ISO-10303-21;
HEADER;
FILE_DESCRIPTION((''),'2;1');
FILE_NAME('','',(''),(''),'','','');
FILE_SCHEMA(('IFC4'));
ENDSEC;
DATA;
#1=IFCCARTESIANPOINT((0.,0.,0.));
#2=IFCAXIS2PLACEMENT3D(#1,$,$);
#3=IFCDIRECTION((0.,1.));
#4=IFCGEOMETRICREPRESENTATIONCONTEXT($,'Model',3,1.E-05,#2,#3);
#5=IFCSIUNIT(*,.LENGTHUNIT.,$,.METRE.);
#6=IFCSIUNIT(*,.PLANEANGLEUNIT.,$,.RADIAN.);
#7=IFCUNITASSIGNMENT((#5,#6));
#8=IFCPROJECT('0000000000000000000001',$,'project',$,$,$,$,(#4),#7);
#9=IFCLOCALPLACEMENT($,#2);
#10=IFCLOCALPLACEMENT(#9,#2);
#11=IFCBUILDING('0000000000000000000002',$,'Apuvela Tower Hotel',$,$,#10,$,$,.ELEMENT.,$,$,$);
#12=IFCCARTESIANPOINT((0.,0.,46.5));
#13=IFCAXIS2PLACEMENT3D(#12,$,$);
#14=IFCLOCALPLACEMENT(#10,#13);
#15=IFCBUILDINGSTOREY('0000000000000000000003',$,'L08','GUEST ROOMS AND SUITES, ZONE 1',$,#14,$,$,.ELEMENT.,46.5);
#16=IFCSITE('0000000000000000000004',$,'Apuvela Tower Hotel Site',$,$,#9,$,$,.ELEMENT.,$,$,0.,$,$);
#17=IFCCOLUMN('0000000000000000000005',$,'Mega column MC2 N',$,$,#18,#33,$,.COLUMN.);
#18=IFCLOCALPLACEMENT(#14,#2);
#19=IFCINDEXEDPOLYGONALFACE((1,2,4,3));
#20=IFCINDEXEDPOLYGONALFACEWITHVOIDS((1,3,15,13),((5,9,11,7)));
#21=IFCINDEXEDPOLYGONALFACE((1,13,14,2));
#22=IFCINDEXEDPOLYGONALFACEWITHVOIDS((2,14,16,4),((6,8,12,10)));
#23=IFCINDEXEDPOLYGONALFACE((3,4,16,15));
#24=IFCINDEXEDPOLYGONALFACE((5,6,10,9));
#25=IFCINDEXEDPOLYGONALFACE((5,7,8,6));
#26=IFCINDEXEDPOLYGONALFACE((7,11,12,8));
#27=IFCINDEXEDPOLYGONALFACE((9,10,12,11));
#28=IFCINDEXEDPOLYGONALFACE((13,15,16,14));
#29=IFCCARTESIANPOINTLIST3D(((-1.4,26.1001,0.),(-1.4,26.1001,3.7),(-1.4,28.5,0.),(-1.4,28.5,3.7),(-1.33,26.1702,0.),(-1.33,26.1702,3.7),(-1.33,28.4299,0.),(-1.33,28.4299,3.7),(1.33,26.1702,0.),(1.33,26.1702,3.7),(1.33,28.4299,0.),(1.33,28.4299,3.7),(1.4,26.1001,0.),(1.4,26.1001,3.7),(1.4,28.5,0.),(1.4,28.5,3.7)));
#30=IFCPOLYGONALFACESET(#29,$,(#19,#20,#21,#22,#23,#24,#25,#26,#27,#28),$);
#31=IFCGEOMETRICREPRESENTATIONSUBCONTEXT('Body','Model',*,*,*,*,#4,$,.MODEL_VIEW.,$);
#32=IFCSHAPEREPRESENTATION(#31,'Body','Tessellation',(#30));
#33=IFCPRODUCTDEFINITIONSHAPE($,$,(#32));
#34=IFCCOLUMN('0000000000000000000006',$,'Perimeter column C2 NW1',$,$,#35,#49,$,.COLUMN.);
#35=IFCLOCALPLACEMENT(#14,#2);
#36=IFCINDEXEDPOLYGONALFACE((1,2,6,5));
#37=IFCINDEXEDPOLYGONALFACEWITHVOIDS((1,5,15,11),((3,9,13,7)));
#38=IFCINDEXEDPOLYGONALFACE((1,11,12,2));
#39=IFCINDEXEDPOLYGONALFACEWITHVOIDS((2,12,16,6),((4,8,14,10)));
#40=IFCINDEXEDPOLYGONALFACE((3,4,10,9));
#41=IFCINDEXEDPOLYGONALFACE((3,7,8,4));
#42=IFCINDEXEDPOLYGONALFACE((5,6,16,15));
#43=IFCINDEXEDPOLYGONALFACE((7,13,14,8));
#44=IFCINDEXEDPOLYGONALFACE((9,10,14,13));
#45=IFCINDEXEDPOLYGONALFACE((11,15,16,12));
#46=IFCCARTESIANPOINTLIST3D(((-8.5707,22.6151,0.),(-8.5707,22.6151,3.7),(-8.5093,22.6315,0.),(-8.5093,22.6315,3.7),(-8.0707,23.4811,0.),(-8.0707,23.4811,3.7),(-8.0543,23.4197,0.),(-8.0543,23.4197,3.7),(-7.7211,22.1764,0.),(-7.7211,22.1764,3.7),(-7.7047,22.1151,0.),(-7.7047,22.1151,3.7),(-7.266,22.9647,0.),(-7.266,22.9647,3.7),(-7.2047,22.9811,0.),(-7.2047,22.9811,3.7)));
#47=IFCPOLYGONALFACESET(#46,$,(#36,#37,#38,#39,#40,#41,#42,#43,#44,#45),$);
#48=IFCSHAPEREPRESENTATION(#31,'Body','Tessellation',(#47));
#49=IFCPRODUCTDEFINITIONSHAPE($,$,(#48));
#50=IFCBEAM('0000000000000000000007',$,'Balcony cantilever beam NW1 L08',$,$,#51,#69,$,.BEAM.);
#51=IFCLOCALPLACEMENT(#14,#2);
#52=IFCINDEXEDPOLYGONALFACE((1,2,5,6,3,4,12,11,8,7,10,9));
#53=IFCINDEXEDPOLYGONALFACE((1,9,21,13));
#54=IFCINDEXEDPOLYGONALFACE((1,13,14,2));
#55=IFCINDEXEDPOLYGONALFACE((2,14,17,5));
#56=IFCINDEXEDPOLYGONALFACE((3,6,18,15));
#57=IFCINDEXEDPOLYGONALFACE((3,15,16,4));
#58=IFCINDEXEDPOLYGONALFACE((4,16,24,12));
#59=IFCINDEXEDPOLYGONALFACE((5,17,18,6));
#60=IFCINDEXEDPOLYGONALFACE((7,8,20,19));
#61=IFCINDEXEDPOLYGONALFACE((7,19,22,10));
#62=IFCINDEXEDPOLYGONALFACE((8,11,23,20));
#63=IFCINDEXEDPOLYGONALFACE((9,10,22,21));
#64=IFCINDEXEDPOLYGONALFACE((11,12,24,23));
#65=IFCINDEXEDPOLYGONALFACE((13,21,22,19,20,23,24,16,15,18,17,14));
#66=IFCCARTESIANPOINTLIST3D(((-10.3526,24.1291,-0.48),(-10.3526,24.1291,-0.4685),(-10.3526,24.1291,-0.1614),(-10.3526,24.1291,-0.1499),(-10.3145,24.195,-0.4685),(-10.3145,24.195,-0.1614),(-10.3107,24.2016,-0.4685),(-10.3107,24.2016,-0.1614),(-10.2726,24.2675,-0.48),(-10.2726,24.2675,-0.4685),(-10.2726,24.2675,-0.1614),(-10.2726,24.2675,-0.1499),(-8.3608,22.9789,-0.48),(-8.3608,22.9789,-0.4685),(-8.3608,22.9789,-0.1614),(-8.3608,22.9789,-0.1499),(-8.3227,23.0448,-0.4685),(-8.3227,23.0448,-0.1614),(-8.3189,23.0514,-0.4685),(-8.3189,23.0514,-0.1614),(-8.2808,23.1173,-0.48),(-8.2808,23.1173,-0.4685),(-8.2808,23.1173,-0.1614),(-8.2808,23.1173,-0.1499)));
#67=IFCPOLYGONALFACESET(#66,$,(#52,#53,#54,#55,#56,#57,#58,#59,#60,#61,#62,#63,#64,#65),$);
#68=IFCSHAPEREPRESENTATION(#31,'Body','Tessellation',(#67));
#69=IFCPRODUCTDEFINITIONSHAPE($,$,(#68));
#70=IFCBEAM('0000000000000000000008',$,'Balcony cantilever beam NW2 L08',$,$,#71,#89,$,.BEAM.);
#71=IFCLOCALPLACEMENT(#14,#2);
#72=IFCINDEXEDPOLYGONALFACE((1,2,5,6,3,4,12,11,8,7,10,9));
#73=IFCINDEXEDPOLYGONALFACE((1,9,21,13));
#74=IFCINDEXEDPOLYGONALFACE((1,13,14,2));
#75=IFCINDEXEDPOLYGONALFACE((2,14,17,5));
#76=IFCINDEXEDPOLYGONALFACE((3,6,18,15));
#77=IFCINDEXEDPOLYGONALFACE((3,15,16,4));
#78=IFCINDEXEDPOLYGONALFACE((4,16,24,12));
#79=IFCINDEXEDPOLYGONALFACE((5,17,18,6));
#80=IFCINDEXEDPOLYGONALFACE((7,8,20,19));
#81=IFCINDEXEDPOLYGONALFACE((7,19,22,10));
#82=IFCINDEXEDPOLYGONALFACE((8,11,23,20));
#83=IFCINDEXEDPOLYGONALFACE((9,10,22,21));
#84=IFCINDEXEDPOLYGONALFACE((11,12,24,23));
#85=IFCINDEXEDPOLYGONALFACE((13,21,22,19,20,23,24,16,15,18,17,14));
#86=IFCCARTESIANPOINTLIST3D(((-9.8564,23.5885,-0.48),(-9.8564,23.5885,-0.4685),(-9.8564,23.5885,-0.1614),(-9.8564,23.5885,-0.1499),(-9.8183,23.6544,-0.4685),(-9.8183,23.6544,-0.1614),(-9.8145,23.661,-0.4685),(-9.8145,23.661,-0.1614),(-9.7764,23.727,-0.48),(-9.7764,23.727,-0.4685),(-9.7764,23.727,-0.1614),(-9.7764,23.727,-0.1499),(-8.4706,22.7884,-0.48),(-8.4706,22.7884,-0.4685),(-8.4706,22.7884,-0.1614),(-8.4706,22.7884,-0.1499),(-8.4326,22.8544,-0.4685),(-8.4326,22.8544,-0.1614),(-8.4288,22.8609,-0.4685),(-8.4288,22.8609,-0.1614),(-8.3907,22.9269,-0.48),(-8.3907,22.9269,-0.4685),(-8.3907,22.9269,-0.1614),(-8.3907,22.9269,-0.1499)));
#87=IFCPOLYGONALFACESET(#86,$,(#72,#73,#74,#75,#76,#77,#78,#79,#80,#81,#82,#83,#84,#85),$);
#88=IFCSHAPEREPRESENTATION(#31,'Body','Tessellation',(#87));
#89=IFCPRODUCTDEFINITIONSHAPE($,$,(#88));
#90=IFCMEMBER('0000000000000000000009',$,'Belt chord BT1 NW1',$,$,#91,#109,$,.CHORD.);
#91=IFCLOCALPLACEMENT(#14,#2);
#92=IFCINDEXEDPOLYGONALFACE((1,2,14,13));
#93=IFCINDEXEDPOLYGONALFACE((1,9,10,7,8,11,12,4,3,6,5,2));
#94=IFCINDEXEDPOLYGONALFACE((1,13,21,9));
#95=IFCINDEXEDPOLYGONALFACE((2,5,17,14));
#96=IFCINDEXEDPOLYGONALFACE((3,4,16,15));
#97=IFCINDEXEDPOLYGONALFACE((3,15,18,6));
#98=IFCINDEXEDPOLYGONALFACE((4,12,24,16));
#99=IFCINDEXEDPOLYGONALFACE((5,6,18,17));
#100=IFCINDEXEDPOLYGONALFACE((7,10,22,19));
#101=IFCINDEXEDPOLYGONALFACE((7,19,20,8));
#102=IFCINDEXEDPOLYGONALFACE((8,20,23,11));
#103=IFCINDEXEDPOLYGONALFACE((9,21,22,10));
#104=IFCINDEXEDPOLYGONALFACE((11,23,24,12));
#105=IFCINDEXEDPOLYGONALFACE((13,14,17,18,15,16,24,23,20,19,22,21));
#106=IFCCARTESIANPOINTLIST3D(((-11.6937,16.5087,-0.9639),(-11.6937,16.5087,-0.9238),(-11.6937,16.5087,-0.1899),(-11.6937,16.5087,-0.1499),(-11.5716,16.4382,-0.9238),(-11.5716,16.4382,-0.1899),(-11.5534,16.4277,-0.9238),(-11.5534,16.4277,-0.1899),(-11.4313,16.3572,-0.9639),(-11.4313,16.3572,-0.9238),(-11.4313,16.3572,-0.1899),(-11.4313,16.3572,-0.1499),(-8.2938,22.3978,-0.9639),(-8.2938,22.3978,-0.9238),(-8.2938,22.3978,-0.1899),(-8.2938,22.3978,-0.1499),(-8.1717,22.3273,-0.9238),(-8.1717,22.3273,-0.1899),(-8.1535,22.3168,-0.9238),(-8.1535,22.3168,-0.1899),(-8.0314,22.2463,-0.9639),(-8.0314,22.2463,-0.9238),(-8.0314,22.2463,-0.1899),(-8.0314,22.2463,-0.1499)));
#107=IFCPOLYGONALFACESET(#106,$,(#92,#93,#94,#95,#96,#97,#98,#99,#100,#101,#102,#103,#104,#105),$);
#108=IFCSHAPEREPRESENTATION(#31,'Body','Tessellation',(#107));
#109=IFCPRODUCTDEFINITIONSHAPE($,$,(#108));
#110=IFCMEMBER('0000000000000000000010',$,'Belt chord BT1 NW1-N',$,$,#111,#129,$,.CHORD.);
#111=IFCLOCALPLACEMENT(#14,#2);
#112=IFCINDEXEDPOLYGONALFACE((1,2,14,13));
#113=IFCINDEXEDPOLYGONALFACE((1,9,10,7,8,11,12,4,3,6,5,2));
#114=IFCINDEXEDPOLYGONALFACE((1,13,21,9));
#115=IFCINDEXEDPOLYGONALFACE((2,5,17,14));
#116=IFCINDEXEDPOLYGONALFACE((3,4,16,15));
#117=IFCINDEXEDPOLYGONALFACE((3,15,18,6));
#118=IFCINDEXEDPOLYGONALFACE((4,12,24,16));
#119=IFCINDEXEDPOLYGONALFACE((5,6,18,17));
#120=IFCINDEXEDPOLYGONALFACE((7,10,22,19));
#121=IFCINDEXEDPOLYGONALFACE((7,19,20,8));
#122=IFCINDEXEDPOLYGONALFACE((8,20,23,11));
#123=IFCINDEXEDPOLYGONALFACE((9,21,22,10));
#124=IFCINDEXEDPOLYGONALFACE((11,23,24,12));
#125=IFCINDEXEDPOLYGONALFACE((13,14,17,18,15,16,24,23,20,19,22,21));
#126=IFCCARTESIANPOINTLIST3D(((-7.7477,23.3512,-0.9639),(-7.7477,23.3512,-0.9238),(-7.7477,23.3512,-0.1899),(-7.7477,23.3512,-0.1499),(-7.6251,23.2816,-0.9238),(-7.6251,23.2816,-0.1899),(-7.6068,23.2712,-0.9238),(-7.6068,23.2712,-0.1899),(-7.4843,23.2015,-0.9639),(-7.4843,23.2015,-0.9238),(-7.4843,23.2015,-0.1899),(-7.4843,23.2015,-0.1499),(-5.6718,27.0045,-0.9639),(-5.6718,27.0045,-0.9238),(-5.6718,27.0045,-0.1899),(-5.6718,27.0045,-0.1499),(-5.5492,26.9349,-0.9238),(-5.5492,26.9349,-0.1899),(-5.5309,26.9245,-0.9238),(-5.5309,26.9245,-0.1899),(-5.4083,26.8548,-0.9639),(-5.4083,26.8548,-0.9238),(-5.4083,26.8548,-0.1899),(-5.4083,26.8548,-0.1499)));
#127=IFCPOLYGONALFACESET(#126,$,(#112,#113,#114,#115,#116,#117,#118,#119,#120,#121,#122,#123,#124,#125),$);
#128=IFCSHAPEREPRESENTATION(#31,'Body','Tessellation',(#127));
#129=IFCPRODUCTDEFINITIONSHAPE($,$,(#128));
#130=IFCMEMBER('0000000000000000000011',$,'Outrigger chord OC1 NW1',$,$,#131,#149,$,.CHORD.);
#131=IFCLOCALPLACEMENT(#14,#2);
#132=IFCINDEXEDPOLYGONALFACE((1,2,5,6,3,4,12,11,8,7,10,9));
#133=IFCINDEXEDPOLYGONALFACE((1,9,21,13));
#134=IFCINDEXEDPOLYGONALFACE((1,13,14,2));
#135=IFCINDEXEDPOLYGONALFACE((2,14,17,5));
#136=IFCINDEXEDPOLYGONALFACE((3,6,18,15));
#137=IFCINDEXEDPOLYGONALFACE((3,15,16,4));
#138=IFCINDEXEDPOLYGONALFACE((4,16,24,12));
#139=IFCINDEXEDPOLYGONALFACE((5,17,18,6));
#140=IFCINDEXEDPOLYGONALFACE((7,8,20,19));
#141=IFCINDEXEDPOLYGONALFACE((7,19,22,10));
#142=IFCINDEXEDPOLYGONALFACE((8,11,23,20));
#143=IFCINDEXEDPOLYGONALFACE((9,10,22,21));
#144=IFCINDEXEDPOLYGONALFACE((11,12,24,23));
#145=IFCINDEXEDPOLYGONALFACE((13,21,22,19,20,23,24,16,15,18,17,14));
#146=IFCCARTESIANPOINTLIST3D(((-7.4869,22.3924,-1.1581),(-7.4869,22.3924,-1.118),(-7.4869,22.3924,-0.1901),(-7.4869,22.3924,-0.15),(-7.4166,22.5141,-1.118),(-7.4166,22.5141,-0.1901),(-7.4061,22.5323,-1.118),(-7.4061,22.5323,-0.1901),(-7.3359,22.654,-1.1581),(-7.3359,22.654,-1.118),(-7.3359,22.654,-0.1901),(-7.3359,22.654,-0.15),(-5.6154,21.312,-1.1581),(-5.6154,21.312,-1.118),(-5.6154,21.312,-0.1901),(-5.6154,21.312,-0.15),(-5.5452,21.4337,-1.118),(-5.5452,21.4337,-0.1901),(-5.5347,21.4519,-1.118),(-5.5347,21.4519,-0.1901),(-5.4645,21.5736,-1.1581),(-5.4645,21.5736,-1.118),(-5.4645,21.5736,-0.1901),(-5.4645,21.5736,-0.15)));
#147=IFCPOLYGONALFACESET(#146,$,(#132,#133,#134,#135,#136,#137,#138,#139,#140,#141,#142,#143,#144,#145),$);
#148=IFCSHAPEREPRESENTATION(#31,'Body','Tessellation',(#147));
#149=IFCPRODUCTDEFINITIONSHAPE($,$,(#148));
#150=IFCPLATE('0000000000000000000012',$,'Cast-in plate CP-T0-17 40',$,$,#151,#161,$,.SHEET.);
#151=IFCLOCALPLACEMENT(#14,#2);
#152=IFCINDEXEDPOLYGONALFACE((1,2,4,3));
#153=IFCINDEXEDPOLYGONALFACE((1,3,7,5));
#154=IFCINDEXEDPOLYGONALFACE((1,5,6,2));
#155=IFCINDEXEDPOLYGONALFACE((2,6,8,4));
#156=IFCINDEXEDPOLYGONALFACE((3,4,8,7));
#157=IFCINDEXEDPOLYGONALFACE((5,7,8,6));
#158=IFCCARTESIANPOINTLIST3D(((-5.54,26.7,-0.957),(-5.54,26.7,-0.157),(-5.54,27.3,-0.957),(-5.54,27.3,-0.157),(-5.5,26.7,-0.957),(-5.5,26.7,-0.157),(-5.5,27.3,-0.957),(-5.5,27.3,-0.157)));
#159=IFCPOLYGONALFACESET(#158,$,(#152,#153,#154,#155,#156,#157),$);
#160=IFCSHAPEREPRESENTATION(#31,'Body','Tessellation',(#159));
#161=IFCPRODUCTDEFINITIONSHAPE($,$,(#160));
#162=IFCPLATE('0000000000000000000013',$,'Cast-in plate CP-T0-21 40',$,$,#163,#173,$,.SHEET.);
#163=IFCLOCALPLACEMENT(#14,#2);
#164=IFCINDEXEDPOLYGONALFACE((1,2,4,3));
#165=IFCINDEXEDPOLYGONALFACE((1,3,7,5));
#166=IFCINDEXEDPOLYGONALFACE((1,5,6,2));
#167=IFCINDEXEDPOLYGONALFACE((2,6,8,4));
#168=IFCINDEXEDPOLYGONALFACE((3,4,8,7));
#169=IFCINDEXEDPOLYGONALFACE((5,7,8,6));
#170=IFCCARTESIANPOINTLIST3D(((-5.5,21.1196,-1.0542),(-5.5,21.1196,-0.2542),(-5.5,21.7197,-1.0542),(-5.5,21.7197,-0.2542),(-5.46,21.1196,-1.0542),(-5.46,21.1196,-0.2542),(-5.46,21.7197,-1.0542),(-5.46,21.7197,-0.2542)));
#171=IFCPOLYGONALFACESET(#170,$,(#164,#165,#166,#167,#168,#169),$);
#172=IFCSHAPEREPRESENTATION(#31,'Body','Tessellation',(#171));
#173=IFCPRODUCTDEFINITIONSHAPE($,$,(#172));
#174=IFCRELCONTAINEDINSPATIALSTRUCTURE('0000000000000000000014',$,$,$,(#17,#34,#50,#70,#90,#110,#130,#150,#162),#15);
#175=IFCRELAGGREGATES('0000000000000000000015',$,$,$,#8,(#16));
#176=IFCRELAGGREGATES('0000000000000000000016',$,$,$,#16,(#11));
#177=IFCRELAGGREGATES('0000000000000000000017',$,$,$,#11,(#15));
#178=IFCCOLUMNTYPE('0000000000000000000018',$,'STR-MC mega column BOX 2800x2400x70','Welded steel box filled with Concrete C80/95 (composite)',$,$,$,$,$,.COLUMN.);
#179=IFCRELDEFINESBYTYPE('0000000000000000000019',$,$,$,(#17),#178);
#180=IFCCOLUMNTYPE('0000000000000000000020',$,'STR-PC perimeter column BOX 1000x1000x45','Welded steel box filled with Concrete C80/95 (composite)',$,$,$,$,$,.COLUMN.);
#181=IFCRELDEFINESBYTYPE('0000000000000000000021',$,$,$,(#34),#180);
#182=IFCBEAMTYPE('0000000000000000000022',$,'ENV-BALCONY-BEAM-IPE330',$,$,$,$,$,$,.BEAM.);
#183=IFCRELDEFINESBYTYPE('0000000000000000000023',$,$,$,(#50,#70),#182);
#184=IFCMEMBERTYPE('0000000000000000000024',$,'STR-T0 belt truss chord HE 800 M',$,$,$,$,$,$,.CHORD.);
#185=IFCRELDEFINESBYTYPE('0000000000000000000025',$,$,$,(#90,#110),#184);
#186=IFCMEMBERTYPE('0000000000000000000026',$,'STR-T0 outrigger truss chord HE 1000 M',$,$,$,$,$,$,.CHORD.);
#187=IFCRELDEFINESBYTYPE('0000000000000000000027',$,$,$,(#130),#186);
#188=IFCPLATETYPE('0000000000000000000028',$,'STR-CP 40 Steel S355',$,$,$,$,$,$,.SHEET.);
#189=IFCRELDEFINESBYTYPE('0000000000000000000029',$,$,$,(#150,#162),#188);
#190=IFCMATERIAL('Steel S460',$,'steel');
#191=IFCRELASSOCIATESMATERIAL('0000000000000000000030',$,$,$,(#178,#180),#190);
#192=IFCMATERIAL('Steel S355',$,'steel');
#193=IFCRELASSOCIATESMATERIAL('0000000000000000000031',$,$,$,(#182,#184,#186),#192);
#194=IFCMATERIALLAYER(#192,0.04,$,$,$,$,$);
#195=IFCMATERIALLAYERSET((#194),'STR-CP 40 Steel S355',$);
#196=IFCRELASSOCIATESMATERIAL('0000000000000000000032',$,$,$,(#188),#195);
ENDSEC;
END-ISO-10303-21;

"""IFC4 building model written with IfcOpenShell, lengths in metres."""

from ifc_helpers import new_model, si_unit, direction, frame, origin, origin_2d, place, context, subcontext, project, spatial, rectangle, hollow_rectangle, i_section, extrude, material, layer, layer_set, material_profile, profile_set, type_object, element, save


model = new_model("IFC4")

# Units and contexts
model_context = context("Model", 3, precision=1e-05, world=origin(), true_north=direction((0.0, 1.0)))
body_context = subcontext(model_context, "Body", "Model", "MODEL_VIEW")
ifc_project = project(units=[si_unit("LENGTHUNIT", "METRE"), si_unit("PLANEANGLEUNIT", "RADIAN")], contexts=[model_context])

# Site, building, storey
site_placement = place(None, origin())
site = spatial("IfcSite", under=ifc_project, at=site_placement, Name="Apuvela Tower Hotel Site", CompositionType="ELEMENT", RefElevation=0.0)
building_placement = place(site_placement, origin())
building = spatial("IfcBuilding", under=site, at=building_placement, Name="Apuvela Tower Hotel", CompositionType="ELEMENT")
storey_placement = place(building_placement, frame((0.0, 0.0, 46.5)))
storey = spatial("IfcBuildingStorey", under=building, at=storey_placement, Name="L08", Description="GUEST ROOMS AND SUITES, ZONE 1", CompositionType="ELEMENT", Elevation=46.5)

# Columns
ifc_material_1 = material(Name="Steel S460", Category="steel")
ifc_material_profile_1 = material_profile(ifc_material_1, hollow_rectangle(XDim=2.8, YDim=2.3999, WallThickness=0.0701, at=origin_2d()), Name="BOX 2800x2400x70")
ifc_material_2 = material(Name="Concrete C80/95", Category="concrete")
ifc_material_profile_2 = material_profile(ifc_material_2, rectangle(XDim=2.6599, YDim=2.26, at=origin_2d()), Name="Concrete C80/95 infill")
ifc_profile_set_1 = profile_set([ifc_material_profile_1, ifc_material_profile_2], Name="Steel S460")
column_type_1 = type_object("IfcColumnType", Name="STR-MC mega column BOX 2800x2400x70", Description="Welded steel box filled with Concrete C80/95 (composite)", PredefinedType="COLUMN", material=ifc_profile_set_1)
column_1_placement = place(storey_placement, frame((0.0, 27.3, 0.0), z_axis=(0.0, 0.0, 1.0), x_axis=(1.0, 0.0, 0.0)))
element("IfcColumn", 1, at=column_1_placement, inside=storey, type_object=column_type_1, Name="Mega column MC2 N", PredefinedType="COLUMN", context=body_context, shape_type="SweptSolid", body=[
    extrude(hollow_rectangle(XDim=2.8, YDim=2.3999, WallThickness=0.0701, at=origin_2d()), origin(), (0.0, 0.0, 1.0), 3.7),
])
ifc_material_profile_3 = material_profile(ifc_material_1, hollow_rectangle(XDim=1.0, YDim=1.0, WallThickness=0.0449, at=origin_2d()), Name="BOX 1000x1000x45")
ifc_material_profile_4 = material_profile(ifc_material_2, rectangle(XDim=0.9099, YDim=0.9099, at=origin_2d()), Name="Concrete C80/95 infill")
ifc_profile_set_2 = profile_set([ifc_material_profile_3, ifc_material_profile_4], Name="Steel S460")
column_type_2 = type_object("IfcColumnType", Name="STR-PC perimeter column BOX 1000x1000x45", Description="Welded steel box filled with Concrete C80/95 (composite)", PredefinedType="COLUMN", material=ifc_profile_set_2)
column_2_placement = place(storey_placement, frame((-7.8877, 22.7981, 0.0), z_axis=(0.0, 0.0, 1.0), x_axis=(0.5, 0.866025, 0.0)))
element("IfcColumn", 2, at=column_2_placement, inside=storey, type_object=column_type_2, Name="Perimeter column C2 NW1", PredefinedType="COLUMN", context=body_context, shape_type="SweptSolid", body=[
    extrude(hollow_rectangle(XDim=1.0, YDim=1.0, WallThickness=0.0449, at=origin_2d()), origin(), (0.0, 0.0, 1.0), 3.7),
])

# Beams
ifc_material_3 = material(Name="Steel S355", Category="steel")
ifc_material_profile_5 = material_profile(ifc_material_3, i_section(OverallWidth=0.1599, OverallDepth=0.3301, WebThickness=0.0076, FlangeThickness=0.0115, at=origin_2d()), Name="IPE 330")
ifc_profile_set_3 = profile_set([ifc_material_profile_5], Name="Steel S355")
beam_type = type_object("IfcBeamType", Name="ENV-BALCONY-BEAM-IPE330", PredefinedType="BEAM", material=ifc_profile_set_3)
beam_1_placement = place(storey_placement, frame((-8.3208, 23.0481, -0.3149), z_axis=(-0.865981, 0.500078, 0.0), x_axis=(-0.500078, -0.865981, 0.0)))
element("IfcBeam", 3, at=beam_1_placement, inside=storey, type_object=beam_type, Name="Balcony cantilever beam NW1 L08", PredefinedType="BEAM", context=body_context, shape_type="SweptSolid", body=[
    extrude(i_section(OverallWidth=0.1599, OverallDepth=0.3301, WebThickness=0.0076, FlangeThickness=0.0115, at=origin_2d()), origin(), (0.0, 0.0, 1.0), 2.3),
])
beam_2_placement = place(storey_placement, frame((-8.4307, 22.8577, -0.3149), z_axis=(-0.866028, 0.499995, 0.0), x_axis=(-0.499995, -0.866028, 0.0)))
element("IfcBeam", 4, at=beam_2_placement, inside=storey, type_object=beam_type, Name="Balcony cantilever beam NW2 L08", PredefinedType="BEAM", context=body_context, shape_type="SweptSolid", body=[
    extrude(i_section(OverallWidth=0.1599, OverallDepth=0.3301, WebThickness=0.0076, FlangeThickness=0.0115, at=origin_2d()), origin(), (0.0, 0.0, 1.0), 1.6001),
])

# Members
ifc_material_profile_6 = material_profile(ifc_material_3, i_section(OverallWidth=0.303, OverallDepth=0.814, WebThickness=0.021, FlangeThickness=0.04, at=origin_2d()), Name="HE 800 M")
ifc_profile_set_4 = profile_set([ifc_material_profile_6], Name="Steel S355")
member_type_1 = type_object("IfcMemberType", Name="STR-T0 belt truss chord HE 800 M", PredefinedType="CHORD", material=ifc_profile_set_4)
member_1_placement = place(storey_placement, frame((-8.1626, 22.322, -0.5569), z_axis=(-0.499977, -0.866039, 0.0), x_axis=(0.866039, -0.499977, 0.0)))
element("IfcMember", 5, at=member_1_placement, inside=storey, type_object=member_type_1, Name="Belt chord BT1 NW1", PredefinedType="CHORD", context=body_context, shape_type="SweptSolid", body=[
    extrude(i_section(OverallWidth=0.303, OverallDepth=0.814, WebThickness=0.021, FlangeThickness=0.04, at=origin_2d()), origin(), (0.0, 0.0, 1.0), 6.8),
])
member_2_placement = place(storey_placement, frame((-7.616, 23.2764, -0.5569), z_axis=(0.494041, 0.869438, 0.0), x_axis=(-0.869438, 0.494041, 0.0)))
element("IfcMember", 6, at=member_2_placement, inside=storey, type_object=member_type_1, Name="Belt chord BT1 NW1-N", PredefinedType="CHORD", context=body_context, shape_type="SweptSolid", body=[
    extrude(i_section(OverallWidth=0.303, OverallDepth=0.814, WebThickness=0.021, FlangeThickness=0.04, at=origin_2d()), origin(), (0.0, 0.0, 1.0), 4.2019),
])
ifc_material_profile_7 = material_profile(ifc_material_3, i_section(OverallWidth=0.302, OverallDepth=1.0081, WebThickness=0.021, FlangeThickness=0.04, at=origin_2d()), Name="HE 1000 M")
ifc_profile_set_5 = profile_set([ifc_material_profile_7], Name="Steel S355")
member_type_2 = type_object("IfcMemberType", Name="STR-T0 outrigger truss chord HE 1000 M", PredefinedType="CHORD", material=ifc_profile_set_5)
member_3_placement = place(storey_placement, frame((-7.4114, 22.5232, -0.6541), z_axis=(0.866044, -0.499967, 0.0), x_axis=(0.499967, 0.866044, 0.0)))
element("IfcMember", 7, at=member_3_placement, inside=storey, type_object=member_type_2, Name="Outrigger chord OC1 NW1", PredefinedType="CHORD", context=body_context, shape_type="SweptSolid", body=[
    extrude(i_section(OverallWidth=0.302, OverallDepth=1.0081, WebThickness=0.021, FlangeThickness=0.04, at=origin_2d()), origin(), (0.0, 0.0, 1.0), 2.1609),
])

# Plates
ifc_layer_1 = layer(ifc_material_3, 0.04)
ifc_layer_set_1 = layer_set([ifc_layer_1], Name="STR-CP 40 Steel S355")
plate_type = type_object("IfcPlateType", Name="STR-CP 40 Steel S355", PredefinedType="SHEET", material=ifc_layer_set_1)
for number, where, z_axis, x_axis, name in (
    (8, (-5.52, 27.0, -0.957), (0.0, 0.0, 1.0), (-1.0, 0.0, 0.0), "Cast-in plate CP-T0-17 40"),
    (9, (-5.48, 21.4197, -1.0542), (0.0, 0.0, 1.0), (1.0, 0.0, 0.0), "Cast-in plate CP-T0-21 40"),
):
    element("IfcPlate", number, at=place(storey_placement, frame(where, z_axis=z_axis, x_axis=x_axis)), inside=storey, type_object=plate_type, Name=name, PredefinedType="SHEET", context=body_context, shape_type="SweptSolid", body=[
        extrude(rectangle(XDim=0.04, YDim=0.6001, at=origin_2d()), origin(), (0.0, 0.0, 1.0), 0.8),
    ])

save(model, "model.ifc")
